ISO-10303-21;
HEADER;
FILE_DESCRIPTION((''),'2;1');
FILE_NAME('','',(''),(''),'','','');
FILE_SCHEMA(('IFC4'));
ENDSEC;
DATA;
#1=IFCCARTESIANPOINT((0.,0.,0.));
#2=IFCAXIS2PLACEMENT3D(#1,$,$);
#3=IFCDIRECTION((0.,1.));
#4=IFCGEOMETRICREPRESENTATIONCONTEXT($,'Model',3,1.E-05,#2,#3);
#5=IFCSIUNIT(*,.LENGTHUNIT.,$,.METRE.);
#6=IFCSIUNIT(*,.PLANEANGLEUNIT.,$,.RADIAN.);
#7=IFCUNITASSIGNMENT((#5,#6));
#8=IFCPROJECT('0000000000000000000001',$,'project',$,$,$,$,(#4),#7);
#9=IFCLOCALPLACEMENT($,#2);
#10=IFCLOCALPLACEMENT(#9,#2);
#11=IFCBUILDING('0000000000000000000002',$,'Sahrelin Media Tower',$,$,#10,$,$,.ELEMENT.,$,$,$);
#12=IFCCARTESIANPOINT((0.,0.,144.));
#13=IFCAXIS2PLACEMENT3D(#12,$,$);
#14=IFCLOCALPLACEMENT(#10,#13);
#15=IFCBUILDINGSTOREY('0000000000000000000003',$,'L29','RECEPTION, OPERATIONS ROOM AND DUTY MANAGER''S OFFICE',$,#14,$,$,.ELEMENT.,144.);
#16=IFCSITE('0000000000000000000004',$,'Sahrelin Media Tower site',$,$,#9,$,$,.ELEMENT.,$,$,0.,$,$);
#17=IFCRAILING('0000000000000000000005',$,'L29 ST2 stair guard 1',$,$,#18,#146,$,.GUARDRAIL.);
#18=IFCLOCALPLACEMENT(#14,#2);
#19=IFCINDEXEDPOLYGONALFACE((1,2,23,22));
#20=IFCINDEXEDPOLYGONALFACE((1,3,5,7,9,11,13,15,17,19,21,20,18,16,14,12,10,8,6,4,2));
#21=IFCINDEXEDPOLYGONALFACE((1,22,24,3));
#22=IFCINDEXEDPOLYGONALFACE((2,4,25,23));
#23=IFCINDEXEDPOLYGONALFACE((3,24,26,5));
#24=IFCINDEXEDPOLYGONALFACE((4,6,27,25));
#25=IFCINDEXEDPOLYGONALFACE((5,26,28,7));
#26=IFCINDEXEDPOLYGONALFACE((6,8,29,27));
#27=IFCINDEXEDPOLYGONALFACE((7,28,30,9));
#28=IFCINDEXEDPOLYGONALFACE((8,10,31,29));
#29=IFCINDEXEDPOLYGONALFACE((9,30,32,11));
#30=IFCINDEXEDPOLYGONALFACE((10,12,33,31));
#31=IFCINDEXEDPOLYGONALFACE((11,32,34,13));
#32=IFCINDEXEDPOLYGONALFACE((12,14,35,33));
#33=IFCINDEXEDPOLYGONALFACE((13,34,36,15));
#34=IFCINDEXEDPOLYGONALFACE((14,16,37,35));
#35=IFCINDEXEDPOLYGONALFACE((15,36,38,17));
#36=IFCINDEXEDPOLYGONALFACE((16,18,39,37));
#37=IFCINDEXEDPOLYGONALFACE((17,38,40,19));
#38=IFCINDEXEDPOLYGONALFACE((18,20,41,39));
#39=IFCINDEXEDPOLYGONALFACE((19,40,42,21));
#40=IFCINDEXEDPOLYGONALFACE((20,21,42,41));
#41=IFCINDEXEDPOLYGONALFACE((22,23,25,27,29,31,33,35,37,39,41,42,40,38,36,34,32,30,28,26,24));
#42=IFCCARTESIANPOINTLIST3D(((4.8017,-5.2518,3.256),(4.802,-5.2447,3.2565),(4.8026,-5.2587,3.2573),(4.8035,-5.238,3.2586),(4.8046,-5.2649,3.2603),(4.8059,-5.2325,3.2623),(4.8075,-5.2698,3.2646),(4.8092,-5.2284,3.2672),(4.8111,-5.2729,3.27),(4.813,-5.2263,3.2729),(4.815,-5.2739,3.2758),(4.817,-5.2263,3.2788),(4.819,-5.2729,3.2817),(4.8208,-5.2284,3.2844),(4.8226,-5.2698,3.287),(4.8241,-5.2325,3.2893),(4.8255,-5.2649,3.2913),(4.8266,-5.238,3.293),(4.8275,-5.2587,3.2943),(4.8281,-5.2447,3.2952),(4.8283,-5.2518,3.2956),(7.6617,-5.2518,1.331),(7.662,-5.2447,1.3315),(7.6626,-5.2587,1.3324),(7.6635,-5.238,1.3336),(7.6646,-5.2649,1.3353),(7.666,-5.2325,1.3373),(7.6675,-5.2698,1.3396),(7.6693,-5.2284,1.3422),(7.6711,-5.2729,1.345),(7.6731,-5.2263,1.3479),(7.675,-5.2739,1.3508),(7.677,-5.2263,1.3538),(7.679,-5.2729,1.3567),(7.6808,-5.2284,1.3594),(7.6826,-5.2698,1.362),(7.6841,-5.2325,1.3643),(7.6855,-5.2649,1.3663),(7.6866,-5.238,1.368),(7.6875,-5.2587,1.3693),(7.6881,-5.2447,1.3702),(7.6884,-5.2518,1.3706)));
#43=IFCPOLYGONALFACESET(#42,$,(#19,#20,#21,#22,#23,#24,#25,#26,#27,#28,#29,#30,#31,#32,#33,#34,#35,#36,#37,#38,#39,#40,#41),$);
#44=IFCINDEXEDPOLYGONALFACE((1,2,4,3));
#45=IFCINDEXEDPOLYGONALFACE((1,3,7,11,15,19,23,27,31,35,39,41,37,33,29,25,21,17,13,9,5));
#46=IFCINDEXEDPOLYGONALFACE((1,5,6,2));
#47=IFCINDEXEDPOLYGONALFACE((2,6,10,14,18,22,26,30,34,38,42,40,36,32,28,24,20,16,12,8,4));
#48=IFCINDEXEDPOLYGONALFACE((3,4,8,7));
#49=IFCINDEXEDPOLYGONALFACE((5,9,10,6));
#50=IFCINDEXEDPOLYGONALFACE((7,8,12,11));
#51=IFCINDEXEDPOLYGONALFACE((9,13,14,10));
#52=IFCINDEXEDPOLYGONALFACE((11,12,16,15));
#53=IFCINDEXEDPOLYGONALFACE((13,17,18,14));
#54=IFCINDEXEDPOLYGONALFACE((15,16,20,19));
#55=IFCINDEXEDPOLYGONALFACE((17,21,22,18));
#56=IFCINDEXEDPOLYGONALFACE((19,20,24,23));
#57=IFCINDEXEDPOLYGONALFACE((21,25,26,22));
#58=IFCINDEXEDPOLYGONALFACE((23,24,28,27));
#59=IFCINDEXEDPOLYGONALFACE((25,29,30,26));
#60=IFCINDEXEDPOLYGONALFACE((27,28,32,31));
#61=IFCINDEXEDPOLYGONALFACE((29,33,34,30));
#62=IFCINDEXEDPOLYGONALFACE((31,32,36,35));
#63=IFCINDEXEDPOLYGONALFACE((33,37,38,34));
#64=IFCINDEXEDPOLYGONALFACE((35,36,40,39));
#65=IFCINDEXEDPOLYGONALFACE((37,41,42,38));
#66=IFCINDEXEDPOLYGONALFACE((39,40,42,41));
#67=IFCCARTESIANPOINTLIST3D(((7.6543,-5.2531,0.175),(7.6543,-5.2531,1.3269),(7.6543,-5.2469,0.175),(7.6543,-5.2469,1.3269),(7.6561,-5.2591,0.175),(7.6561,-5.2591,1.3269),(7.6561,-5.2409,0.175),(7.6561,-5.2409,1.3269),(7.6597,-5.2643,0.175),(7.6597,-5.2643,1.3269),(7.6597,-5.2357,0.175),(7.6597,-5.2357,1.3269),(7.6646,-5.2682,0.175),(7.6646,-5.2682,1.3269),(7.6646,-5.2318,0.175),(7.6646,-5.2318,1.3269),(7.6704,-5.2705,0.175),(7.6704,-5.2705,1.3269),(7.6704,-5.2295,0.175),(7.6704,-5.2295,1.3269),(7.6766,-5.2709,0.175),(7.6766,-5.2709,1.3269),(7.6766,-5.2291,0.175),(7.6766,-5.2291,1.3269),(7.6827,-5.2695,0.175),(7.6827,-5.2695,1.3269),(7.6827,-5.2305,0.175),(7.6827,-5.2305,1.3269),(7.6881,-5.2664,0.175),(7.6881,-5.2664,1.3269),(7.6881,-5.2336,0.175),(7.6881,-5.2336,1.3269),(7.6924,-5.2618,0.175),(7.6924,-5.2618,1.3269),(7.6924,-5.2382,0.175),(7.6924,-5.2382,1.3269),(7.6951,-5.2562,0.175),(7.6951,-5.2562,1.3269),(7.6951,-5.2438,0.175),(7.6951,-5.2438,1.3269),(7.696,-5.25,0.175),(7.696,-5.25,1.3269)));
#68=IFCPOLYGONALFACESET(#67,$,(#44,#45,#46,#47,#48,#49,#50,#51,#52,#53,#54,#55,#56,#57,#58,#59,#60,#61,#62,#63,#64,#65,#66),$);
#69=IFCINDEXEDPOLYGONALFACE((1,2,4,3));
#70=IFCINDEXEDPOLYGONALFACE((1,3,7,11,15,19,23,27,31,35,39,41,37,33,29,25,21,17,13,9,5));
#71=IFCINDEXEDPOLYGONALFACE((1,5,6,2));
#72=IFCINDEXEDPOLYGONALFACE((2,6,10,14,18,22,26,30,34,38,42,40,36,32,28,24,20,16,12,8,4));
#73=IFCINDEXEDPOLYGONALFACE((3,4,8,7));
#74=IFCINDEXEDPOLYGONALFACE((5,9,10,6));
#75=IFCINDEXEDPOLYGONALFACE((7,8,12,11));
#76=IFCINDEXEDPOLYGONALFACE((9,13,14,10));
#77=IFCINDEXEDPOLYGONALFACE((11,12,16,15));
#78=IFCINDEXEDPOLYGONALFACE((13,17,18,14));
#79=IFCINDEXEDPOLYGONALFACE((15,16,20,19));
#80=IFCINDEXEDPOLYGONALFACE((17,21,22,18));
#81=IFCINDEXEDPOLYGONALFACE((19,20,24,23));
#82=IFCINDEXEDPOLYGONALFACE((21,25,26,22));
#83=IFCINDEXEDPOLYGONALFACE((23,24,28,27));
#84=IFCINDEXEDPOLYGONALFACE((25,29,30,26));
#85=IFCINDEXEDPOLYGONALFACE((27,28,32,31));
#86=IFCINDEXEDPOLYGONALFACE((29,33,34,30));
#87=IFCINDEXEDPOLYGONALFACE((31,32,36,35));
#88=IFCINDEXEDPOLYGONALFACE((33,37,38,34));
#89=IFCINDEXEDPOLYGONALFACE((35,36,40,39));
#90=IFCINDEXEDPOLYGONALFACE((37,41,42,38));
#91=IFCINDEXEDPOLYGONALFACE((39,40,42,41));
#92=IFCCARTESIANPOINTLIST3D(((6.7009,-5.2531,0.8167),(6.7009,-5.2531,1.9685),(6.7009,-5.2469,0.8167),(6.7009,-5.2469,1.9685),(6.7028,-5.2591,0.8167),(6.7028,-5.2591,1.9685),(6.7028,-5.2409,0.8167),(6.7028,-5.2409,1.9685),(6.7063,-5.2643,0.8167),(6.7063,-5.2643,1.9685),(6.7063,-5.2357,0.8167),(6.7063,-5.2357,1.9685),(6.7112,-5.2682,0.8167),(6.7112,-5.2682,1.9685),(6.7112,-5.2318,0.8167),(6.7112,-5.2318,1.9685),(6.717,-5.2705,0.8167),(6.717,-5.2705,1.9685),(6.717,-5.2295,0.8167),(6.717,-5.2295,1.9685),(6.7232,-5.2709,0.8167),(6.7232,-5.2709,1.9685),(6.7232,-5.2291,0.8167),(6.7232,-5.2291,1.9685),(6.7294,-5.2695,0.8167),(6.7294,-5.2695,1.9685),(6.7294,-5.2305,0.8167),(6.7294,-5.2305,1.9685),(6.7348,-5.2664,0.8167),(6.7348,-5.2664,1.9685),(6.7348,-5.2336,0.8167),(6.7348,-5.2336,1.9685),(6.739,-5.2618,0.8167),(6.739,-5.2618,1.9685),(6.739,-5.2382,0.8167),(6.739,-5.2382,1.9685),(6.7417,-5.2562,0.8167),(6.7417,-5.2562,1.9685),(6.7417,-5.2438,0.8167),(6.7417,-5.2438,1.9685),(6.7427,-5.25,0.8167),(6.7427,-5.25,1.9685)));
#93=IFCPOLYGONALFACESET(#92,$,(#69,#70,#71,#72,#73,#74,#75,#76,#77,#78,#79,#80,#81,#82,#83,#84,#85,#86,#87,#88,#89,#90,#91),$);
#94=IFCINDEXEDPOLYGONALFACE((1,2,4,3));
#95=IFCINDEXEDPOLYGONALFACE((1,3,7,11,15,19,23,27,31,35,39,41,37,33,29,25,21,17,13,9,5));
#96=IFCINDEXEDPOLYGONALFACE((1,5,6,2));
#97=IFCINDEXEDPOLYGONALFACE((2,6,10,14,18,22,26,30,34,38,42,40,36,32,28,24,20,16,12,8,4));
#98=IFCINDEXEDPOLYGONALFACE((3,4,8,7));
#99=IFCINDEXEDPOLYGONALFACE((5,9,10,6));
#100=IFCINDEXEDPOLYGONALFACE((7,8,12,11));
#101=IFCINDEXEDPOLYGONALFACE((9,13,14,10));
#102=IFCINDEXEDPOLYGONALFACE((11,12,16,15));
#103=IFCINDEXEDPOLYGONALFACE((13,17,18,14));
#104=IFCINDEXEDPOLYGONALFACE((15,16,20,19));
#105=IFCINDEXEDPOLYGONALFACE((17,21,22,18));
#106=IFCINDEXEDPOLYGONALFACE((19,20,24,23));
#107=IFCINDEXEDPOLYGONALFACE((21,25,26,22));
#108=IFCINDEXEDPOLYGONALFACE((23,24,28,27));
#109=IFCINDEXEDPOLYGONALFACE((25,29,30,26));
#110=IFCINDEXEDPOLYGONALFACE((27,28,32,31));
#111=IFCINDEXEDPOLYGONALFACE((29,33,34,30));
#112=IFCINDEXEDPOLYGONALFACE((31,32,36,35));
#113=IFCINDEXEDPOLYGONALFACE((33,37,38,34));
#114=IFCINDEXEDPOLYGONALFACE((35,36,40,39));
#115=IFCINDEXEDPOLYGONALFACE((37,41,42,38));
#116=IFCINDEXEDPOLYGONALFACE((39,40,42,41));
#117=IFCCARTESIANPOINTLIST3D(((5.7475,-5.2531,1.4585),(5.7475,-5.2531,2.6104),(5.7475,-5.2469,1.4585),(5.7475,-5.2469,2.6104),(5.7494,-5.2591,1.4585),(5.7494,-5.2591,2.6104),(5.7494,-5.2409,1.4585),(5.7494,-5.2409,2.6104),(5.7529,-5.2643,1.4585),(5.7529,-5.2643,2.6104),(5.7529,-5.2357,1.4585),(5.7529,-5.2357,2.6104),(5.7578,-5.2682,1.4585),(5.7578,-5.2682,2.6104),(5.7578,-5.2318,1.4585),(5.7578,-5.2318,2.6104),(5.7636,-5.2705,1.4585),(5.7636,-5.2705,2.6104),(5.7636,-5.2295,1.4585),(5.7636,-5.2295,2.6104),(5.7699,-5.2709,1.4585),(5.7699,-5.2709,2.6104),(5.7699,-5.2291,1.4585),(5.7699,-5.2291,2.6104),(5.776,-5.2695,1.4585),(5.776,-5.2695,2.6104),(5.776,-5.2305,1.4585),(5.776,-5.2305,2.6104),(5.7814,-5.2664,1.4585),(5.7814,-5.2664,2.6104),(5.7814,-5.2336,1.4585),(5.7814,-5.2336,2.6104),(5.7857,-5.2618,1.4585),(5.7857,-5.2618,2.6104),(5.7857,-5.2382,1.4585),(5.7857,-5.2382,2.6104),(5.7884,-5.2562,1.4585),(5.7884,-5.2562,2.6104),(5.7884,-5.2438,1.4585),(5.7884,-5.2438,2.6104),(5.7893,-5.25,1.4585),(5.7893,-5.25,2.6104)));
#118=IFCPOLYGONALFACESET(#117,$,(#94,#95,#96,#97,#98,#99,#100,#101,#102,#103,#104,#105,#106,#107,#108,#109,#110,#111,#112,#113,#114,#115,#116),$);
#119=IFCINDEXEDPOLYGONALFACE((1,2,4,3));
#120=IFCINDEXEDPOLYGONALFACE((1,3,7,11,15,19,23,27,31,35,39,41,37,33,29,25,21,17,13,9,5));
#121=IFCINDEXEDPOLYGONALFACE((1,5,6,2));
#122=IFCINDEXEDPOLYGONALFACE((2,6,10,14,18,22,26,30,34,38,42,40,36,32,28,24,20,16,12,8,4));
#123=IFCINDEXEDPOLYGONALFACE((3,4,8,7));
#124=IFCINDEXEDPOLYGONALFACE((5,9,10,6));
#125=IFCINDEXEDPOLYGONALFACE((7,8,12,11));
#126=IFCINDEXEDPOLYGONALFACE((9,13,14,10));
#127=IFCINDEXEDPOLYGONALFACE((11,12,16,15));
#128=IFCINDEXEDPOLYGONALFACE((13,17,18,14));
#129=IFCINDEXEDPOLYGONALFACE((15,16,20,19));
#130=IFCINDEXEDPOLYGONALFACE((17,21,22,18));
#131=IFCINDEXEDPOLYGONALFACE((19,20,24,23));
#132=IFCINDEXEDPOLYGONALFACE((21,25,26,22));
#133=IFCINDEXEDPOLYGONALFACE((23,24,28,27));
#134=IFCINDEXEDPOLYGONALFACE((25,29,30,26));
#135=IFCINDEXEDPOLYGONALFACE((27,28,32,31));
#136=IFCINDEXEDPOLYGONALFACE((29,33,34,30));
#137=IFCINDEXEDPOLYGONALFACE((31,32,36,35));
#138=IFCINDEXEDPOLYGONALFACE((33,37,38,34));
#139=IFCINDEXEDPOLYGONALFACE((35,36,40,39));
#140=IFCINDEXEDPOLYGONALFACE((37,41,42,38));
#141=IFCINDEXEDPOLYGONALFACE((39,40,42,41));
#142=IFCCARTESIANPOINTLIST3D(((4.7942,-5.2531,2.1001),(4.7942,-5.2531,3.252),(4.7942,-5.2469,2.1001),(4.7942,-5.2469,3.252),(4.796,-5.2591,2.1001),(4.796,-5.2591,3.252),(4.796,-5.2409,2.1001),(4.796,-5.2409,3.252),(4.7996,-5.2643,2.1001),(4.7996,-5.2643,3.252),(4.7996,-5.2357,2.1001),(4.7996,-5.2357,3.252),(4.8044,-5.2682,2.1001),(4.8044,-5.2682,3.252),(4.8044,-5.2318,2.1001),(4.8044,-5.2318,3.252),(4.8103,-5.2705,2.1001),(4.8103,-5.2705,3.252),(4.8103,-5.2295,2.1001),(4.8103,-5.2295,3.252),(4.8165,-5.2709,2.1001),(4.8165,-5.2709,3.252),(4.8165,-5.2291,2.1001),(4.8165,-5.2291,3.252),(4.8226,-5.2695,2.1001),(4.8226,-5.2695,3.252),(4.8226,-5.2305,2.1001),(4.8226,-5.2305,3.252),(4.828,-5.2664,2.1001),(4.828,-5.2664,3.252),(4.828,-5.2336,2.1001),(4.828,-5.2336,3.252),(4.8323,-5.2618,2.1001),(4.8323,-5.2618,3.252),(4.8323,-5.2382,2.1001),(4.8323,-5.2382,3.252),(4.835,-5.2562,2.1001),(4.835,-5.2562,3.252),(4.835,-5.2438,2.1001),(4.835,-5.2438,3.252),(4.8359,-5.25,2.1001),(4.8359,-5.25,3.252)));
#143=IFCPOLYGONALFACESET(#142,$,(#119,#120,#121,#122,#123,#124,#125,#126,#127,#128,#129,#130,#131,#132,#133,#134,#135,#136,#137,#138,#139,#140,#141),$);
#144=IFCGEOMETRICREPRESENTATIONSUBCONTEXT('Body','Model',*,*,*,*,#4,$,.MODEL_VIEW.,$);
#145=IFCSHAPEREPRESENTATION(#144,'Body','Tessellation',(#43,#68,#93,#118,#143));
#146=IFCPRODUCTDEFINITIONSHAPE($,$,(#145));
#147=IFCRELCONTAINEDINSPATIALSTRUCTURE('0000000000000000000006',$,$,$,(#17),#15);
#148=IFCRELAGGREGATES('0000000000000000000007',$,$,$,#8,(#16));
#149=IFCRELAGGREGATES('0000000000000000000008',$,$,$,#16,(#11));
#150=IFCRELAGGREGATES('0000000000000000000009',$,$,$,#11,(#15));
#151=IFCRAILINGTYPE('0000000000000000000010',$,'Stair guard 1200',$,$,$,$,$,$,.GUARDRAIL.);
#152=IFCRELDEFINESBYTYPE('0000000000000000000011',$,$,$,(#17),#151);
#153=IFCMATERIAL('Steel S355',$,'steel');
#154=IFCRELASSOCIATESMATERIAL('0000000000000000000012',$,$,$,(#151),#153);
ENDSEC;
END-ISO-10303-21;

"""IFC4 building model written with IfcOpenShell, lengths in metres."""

from ifc_helpers import new_model, si_unit, direction, frame, origin, origin_2d, place, context, subcontext, project, spatial, circle, extrude, material, type_object, element, save


model = new_model("IFC4")

# Units and contexts
model_context = context("Model", 3, precision=1e-05, world=origin(), true_north=direction((0.0, 1.0)))
body_context = subcontext(model_context, "Body", "Model", "MODEL_VIEW")
ifc_project = project(units=[si_unit("LENGTHUNIT", "METRE"), si_unit("PLANEANGLEUNIT", "RADIAN")], contexts=[model_context])

# Site, building, storey
site_placement = place(None, origin())
site = spatial("IfcSite", under=ifc_project, at=site_placement, Name="Sahrelin Media Tower site", CompositionType="ELEMENT", RefElevation=0.0)
building_placement = place(site_placement, origin())
building = spatial("IfcBuilding", under=site, at=building_placement, Name="Sahrelin Media Tower", CompositionType="ELEMENT")
storey_placement = place(building_placement, frame((0.0, 0.0, 144.0)))
storey = spatial("IfcBuildingStorey", under=building, at=storey_placement, Name="L29", Description="RECEPTION, OPERATIONS ROOM AND DUTY MANAGER'S OFFICE", CompositionType="ELEMENT", Elevation=144.0)

# Shared definitions
ifc_material_1 = material(Name="Steel S355", Category="steel")

# Railing
railing_type_1 = type_object("IfcRailingType", Name="Stair guard 1200", PredefinedType="GUARDRAIL", material=ifc_material_1)
railing_1_placement = place(storey_placement, frame((7.675, -5.25, 0.175)))
element("IfcRailing", 1, at=railing_1_placement, inside=storey, type_object=railing_type_1, Name="L29 ST2 stair guard 1", PredefinedType="GUARDRAIL", context=body_context, shape_type="SweptSolid", body=[
    extrude(circle(Radius=0.0239, at=origin_2d()), frame((0.0, 0.0, 1.1758), z_axis=(-0.829591, 0.0, 0.558372), x_axis=(0.0, -1.0, 0.0)), (0.0, 0.0, 1.0), 3.4475),
    extrude(circle(Radius=0.021, at=origin_2d()), origin(), (0.0, 0.0, 1.0), 1.1519),
    extrude(circle(Radius=0.021, at=origin_2d()), frame((-0.9534, 0.0, 0.6416)), (0.0, 0.0, 1.0), 1.1519),
    extrude(circle(Radius=0.021, at=origin_2d()), frame((-1.9067, 0.0, 1.2834)), (0.0, 0.0, 1.0), 1.1519),
    extrude(circle(Radius=0.021, at=origin_2d()), frame((-2.8601, 0.0, 1.925)), (0.0, 0.0, 1.0), 1.1519),
])

save(model, "model.ifc")
